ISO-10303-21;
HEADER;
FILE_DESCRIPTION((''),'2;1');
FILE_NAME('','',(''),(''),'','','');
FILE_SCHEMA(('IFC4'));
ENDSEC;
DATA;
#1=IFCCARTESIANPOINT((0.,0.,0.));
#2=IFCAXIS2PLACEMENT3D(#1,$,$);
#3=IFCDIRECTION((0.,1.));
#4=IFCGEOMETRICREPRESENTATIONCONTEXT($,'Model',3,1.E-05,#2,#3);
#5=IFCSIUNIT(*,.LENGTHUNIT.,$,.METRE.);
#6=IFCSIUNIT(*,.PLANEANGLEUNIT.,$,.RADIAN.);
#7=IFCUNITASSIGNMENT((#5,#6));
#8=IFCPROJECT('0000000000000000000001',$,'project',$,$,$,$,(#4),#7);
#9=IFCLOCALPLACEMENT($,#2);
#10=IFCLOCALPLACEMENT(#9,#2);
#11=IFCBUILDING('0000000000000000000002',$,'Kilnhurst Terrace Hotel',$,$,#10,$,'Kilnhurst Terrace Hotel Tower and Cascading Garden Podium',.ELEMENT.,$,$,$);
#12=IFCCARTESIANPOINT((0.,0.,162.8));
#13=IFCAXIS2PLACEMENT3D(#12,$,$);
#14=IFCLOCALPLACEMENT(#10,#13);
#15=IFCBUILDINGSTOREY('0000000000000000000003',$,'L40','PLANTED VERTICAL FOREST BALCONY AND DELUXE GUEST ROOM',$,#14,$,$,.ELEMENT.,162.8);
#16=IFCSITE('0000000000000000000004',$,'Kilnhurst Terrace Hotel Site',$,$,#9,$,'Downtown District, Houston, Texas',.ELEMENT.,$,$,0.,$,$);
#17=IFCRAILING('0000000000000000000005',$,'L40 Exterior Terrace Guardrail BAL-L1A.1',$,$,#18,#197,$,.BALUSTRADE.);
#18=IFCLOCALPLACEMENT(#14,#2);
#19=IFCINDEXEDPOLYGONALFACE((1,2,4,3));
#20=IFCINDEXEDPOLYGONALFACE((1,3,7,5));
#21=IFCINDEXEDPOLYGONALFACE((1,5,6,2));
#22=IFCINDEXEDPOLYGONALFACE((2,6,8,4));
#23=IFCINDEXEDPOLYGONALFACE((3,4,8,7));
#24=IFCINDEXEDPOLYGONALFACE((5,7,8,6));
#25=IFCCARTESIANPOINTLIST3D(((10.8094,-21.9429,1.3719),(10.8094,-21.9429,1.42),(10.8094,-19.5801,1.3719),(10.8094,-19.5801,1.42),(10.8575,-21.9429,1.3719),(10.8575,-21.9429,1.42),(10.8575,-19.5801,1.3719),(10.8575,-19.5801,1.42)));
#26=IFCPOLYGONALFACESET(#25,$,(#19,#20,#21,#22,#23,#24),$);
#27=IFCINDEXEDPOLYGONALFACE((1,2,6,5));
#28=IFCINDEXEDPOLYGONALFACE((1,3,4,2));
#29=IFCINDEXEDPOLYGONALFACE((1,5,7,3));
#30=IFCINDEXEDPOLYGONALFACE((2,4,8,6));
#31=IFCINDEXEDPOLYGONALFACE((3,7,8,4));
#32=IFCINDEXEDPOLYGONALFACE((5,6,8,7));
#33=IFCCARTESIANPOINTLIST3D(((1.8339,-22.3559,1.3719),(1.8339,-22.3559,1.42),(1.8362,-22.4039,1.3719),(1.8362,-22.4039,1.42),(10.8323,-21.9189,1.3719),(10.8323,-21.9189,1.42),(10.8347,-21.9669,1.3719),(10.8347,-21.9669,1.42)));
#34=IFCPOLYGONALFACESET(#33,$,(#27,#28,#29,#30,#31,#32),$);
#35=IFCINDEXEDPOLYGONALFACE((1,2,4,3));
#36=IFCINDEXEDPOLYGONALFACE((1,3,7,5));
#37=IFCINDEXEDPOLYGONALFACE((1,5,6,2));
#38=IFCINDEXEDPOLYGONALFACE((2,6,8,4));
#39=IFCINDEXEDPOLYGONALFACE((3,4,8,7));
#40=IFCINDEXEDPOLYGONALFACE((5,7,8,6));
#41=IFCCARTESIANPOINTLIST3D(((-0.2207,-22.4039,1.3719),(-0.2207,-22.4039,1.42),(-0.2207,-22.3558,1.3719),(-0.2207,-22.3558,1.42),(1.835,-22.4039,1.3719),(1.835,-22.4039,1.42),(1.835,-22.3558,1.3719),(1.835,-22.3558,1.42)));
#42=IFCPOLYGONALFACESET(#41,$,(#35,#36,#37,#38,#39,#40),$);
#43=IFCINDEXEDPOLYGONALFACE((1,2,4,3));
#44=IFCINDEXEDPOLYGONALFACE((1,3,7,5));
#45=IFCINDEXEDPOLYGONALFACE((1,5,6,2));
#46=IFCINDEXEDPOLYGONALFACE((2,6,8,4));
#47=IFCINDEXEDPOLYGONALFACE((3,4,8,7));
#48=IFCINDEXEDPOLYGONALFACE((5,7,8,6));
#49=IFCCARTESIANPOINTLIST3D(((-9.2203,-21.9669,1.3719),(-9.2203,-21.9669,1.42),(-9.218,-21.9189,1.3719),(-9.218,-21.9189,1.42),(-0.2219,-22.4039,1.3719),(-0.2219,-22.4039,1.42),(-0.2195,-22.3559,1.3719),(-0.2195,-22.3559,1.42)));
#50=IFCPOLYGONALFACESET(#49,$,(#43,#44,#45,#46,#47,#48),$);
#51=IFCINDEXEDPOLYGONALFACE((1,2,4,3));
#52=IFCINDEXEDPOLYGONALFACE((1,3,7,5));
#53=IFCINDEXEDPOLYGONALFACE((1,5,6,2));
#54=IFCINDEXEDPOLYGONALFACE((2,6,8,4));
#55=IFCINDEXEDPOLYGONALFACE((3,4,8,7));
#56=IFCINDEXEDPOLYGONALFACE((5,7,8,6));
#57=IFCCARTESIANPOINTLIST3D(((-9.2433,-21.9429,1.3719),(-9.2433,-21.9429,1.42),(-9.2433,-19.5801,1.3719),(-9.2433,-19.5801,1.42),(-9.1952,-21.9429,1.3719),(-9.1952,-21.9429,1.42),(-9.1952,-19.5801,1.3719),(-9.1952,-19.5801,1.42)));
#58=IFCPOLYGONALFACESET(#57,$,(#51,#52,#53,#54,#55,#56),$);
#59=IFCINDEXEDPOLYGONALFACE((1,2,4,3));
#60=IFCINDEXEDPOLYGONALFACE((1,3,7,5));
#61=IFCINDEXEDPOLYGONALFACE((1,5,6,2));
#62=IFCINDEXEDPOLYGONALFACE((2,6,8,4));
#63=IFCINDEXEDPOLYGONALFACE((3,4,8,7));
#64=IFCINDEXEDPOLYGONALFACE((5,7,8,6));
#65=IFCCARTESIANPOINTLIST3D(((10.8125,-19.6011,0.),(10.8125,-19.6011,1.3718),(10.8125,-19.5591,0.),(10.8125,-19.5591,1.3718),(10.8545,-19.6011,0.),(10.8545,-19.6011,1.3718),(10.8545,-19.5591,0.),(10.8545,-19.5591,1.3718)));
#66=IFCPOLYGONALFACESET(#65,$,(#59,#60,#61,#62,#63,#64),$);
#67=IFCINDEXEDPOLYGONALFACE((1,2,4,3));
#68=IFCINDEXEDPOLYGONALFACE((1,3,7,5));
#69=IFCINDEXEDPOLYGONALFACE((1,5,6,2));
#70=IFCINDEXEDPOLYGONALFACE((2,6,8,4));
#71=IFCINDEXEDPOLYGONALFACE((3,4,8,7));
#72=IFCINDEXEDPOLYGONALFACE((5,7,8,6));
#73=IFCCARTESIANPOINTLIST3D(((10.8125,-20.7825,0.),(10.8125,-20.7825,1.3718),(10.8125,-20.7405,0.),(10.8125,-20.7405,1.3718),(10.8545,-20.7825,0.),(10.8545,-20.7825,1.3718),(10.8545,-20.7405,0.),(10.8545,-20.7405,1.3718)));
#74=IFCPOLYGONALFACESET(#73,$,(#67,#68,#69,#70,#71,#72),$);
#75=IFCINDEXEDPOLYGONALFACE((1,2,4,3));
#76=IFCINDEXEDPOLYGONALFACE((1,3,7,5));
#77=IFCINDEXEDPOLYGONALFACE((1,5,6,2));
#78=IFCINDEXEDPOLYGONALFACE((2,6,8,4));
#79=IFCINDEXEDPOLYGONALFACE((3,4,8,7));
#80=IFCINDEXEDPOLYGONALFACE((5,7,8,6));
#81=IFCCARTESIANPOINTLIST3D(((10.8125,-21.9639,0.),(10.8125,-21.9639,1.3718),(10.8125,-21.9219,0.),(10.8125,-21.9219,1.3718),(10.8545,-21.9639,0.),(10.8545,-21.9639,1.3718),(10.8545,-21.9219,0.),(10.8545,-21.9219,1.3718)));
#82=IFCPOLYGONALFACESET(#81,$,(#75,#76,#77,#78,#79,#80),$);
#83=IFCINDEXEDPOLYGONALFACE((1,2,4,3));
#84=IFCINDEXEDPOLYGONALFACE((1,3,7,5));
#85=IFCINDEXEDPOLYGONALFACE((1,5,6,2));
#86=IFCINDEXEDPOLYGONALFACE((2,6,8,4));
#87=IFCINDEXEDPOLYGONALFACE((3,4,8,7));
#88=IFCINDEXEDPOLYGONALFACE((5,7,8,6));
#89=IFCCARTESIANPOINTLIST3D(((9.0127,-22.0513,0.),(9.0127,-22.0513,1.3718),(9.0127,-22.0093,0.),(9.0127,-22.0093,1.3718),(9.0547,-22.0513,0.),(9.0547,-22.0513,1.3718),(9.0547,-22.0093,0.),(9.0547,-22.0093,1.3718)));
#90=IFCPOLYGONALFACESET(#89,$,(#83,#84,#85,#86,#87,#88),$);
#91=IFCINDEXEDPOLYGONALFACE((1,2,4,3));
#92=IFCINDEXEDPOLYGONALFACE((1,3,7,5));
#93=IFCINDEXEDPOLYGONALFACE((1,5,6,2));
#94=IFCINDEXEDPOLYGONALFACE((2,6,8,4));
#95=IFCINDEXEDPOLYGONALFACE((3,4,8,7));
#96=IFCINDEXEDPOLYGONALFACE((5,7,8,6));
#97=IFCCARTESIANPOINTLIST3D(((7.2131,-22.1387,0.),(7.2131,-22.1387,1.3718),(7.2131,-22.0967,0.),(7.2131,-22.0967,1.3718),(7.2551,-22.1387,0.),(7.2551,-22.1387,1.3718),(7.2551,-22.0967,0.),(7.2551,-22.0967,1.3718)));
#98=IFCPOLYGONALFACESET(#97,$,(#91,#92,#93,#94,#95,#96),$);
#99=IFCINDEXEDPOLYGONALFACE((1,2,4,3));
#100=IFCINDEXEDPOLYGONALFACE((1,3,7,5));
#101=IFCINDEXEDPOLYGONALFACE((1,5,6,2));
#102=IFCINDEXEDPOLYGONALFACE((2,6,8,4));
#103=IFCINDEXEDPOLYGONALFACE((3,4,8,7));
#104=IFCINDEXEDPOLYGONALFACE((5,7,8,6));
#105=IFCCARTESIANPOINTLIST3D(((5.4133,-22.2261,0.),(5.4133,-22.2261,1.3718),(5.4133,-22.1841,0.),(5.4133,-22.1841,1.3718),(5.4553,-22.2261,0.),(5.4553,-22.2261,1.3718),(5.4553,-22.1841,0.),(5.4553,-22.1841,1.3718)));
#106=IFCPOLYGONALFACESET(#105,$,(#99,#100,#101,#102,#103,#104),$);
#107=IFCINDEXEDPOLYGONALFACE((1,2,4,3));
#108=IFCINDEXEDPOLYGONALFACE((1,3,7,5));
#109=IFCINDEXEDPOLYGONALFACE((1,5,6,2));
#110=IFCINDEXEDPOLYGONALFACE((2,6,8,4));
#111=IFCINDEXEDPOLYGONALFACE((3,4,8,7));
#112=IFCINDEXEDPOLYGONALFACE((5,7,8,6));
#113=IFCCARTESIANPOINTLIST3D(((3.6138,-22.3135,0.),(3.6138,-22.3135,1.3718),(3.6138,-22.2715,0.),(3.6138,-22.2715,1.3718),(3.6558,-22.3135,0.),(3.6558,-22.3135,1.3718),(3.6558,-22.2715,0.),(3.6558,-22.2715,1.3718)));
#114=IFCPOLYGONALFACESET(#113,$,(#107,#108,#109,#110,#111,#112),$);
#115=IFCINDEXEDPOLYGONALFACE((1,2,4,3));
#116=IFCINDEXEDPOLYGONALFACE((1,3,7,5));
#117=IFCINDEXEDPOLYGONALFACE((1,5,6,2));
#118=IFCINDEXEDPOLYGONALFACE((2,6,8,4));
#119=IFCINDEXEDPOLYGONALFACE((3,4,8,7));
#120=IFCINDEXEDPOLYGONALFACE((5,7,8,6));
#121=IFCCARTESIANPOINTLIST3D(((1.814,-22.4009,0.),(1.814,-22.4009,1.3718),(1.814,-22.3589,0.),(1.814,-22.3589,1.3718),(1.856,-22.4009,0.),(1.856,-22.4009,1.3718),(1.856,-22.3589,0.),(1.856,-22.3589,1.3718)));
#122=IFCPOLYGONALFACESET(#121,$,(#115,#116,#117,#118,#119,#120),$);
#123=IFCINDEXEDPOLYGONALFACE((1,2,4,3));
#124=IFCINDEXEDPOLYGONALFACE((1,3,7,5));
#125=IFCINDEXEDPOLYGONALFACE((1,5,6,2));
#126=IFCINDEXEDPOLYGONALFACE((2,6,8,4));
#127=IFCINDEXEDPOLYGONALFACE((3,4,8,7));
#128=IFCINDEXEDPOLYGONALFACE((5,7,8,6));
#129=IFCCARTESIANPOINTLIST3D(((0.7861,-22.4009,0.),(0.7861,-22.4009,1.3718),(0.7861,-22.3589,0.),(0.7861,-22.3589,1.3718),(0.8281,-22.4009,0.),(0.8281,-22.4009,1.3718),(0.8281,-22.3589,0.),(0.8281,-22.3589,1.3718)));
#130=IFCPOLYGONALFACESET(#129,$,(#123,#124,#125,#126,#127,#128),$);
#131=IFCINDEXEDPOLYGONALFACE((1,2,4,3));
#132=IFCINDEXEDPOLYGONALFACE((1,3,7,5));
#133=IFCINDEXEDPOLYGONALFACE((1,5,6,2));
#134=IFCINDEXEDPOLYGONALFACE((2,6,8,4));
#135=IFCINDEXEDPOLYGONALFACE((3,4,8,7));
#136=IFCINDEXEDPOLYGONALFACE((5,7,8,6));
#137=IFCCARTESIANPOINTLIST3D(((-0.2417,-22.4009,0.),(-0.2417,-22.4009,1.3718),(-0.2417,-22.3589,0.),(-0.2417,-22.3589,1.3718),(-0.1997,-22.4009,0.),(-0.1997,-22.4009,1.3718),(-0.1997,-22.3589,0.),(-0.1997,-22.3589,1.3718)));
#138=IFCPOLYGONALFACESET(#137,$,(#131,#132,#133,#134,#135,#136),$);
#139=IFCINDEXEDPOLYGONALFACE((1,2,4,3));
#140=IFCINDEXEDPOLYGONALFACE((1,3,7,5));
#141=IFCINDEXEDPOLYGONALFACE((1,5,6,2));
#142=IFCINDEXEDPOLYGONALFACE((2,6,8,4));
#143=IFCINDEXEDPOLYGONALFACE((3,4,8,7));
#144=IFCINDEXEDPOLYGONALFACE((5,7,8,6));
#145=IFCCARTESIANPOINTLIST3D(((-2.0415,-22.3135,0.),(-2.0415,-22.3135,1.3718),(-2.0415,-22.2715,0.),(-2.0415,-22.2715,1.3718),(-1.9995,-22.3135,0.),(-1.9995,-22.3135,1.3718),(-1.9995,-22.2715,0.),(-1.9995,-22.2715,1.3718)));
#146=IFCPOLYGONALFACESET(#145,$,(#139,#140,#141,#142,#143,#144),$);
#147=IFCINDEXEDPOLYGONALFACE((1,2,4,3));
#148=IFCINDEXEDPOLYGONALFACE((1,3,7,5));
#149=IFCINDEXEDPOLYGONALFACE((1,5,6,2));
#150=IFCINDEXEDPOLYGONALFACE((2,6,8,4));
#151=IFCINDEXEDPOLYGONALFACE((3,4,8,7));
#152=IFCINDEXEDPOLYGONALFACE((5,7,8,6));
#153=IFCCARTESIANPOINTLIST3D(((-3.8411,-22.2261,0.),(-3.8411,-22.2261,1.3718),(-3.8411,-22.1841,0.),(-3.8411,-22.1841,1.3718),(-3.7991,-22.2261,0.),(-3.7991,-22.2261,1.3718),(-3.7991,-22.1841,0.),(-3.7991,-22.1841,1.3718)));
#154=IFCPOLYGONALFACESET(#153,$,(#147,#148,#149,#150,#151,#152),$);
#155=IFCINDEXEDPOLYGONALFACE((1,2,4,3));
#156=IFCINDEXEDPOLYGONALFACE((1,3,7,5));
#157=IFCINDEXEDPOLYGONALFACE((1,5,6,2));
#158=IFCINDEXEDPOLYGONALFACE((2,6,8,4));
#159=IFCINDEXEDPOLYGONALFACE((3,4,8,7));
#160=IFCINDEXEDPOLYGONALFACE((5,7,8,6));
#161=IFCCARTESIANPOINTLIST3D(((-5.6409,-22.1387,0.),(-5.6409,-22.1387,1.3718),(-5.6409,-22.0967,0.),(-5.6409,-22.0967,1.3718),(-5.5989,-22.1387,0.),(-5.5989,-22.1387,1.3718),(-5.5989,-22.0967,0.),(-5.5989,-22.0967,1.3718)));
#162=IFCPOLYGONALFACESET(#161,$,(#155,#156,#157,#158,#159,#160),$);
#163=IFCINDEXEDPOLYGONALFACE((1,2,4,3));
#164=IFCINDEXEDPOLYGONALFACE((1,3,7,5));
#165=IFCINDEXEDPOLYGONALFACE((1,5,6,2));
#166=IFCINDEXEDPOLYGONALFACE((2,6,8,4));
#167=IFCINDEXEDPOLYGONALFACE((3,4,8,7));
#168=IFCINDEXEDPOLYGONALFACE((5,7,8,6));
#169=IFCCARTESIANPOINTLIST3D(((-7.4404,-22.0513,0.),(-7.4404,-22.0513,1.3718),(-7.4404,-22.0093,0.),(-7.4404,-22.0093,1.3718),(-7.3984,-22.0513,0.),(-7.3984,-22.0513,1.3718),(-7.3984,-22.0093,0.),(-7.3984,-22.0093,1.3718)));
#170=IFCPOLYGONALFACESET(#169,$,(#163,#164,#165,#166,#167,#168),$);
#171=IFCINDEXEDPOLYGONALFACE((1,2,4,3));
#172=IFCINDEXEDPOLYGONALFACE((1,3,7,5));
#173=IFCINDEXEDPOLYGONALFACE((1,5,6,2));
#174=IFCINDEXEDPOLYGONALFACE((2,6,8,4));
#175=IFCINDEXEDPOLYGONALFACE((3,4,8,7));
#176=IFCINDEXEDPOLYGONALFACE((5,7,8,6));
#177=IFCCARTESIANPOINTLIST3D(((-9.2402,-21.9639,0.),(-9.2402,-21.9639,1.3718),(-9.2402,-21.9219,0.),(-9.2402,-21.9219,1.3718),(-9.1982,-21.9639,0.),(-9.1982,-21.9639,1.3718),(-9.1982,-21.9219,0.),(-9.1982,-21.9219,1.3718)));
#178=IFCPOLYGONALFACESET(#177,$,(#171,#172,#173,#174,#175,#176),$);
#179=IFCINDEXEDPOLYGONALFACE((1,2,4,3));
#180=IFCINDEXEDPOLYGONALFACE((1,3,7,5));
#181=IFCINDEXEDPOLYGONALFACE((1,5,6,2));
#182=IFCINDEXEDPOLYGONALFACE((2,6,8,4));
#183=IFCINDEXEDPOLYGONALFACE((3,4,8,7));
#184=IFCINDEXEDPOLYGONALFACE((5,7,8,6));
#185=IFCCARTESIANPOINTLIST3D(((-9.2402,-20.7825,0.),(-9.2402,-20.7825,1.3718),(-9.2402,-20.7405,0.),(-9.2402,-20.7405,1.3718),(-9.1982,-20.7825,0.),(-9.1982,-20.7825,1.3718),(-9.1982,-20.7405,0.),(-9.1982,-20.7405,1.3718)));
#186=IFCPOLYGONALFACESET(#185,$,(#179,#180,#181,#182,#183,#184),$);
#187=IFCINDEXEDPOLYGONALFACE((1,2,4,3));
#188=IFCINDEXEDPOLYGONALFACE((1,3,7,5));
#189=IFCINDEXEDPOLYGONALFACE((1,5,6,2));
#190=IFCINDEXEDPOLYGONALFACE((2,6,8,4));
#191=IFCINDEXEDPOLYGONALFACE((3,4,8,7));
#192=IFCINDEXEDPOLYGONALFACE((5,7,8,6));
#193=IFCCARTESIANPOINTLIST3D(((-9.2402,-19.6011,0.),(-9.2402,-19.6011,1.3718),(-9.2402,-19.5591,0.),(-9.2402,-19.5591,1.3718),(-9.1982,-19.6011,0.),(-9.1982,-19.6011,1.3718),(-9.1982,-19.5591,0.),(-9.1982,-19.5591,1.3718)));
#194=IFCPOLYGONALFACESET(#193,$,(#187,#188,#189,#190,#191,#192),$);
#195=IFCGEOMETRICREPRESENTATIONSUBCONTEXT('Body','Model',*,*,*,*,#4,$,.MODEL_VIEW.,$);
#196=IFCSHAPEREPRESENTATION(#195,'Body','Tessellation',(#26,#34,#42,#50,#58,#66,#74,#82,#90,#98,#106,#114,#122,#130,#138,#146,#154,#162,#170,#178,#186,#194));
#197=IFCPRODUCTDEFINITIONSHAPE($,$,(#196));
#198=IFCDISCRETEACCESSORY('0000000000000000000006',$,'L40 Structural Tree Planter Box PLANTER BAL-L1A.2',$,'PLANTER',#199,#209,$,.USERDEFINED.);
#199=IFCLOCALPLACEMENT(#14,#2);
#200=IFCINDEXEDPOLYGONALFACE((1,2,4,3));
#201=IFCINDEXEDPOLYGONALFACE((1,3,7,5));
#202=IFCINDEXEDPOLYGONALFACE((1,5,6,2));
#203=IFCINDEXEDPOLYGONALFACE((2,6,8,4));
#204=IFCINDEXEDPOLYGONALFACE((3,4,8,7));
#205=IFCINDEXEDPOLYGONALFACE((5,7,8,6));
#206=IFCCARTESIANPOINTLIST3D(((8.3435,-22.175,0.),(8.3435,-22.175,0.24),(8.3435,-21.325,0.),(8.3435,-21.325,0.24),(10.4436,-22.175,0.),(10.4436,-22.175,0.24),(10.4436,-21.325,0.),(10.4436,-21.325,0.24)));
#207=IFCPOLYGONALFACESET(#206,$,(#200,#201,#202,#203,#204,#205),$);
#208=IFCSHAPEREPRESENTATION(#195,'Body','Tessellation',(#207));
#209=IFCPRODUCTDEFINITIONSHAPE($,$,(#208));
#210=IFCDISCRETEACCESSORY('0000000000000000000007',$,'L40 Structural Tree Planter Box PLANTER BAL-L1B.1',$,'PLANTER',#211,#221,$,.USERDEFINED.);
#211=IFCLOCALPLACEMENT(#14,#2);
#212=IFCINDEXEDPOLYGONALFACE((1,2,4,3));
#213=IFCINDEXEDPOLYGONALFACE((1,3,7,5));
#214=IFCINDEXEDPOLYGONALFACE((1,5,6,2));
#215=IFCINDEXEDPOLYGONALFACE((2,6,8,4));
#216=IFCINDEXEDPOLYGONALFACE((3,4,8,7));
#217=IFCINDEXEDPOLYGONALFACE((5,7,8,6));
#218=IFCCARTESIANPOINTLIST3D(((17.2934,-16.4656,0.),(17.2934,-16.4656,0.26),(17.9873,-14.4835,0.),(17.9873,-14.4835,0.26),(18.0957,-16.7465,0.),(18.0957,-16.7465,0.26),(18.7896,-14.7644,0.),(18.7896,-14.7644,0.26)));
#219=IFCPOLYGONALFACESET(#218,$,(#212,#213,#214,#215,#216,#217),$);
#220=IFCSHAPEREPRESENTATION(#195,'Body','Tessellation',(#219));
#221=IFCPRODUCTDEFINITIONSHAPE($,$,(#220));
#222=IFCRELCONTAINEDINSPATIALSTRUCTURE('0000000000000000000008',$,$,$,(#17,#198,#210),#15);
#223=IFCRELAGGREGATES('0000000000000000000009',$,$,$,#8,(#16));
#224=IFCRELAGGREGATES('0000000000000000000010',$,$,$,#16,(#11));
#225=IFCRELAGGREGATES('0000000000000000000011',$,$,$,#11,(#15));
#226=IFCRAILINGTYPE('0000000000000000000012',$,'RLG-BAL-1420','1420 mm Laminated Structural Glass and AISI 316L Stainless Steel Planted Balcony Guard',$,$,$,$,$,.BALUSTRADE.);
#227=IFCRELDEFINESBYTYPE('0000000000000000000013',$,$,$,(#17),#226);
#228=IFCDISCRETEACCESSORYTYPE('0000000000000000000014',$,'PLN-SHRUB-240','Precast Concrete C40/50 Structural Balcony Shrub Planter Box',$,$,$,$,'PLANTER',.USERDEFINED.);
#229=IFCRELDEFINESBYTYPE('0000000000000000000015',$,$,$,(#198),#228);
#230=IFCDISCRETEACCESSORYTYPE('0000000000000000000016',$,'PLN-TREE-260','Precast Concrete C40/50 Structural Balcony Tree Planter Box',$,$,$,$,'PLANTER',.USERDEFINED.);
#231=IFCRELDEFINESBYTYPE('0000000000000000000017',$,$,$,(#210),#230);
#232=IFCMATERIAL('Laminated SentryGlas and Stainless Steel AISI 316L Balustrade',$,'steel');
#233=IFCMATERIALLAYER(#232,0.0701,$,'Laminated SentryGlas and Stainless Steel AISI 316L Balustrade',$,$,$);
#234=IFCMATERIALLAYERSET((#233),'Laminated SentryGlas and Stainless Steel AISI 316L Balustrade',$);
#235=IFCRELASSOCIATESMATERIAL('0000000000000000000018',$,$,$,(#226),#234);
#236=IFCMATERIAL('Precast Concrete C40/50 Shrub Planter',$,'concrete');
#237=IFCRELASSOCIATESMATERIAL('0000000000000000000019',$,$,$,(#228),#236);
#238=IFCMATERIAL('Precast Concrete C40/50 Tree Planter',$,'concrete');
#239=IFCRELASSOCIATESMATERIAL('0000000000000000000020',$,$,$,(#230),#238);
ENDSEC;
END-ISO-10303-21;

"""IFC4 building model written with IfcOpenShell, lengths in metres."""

from ifc_helpers import new_model, si_unit, direction, frame, origin, origin_2d, place, context, subcontext, project, spatial, rectangle, extrude, material, layer, layer_set, type_object, element, save


model = new_model("IFC4")

# Units and contexts
model_context = context("Model", 3, precision=1e-05, world=origin(), true_north=direction((0.0, 1.0)))
body_context = subcontext(model_context, "Body", "Model", "MODEL_VIEW")
ifc_project = project(units=[si_unit("LENGTHUNIT", "METRE"), si_unit("PLANEANGLEUNIT", "RADIAN")], contexts=[model_context])

# Site, building, storey
site_placement = place(None, origin())
site = spatial("IfcSite", under=ifc_project, at=site_placement, Name="Kilnhurst Terrace Hotel Site", LongName="Downtown District, Houston, Texas", CompositionType="ELEMENT", RefElevation=0.0)
building_placement = place(site_placement, origin())
building = spatial("IfcBuilding", under=site, at=building_placement, Name="Kilnhurst Terrace Hotel", LongName="Kilnhurst Terrace Hotel Tower and Cascading Garden Podium", CompositionType="ELEMENT")
storey_placement = place(building_placement, frame((0.0, 0.0, 162.8)))
storey = spatial("IfcBuildingStorey", under=building, at=storey_placement, Name="L40", Description="PLANTED VERTICAL FOREST BALCONY AND DELUXE GUEST ROOM", CompositionType="ELEMENT", Elevation=162.8)

# Railing
ifc_material_1 = material(Name="Laminated SentryGlas and Stainless Steel AISI 316L Balustrade", Category="steel")
ifc_layer_1 = layer(ifc_material_1, 0.0701, Name="Laminated SentryGlas and Stainless Steel AISI 316L Balustrade")
ifc_layer_set_1 = layer_set([ifc_layer_1], Name="Laminated SentryGlas and Stainless Steel AISI 316L Balustrade")
railing_type = type_object("IfcRailingType", Name="RLG-BAL-1420", Description="1420 mm Laminated Structural Glass and AISI 316L Stainless Steel Planted Balcony Guard", PredefinedType="BALUSTRADE", material=ifc_layer_set_1)
railing_placement = place(storey_placement, frame((10.8335, -19.5801, 0.0)))
element("IfcRailing", 1, at=railing_placement, inside=storey, type_object=railing_type, Name="L40 Exterior Terrace Guardrail BAL-L1A.1", PredefinedType="BALUSTRADE", context=body_context, shape_type="SweptSolid", body=[
    extrude(rectangle(XDim=0.0481, YDim=0.0481, at=origin_2d()), frame((0.0, 0.0, 1.396), z_axis=(0.0, -1.0, 0.0), x_axis=(1.0, 0.0, 0.0)), (0.0, 0.0, 1.0), 2.3628),
    extrude(rectangle(XDim=0.0481, YDim=0.0481, at=origin_2d()), frame((0.0, -2.3628, 1.396), z_axis=(-0.998823, -0.048508, 0.0), x_axis=(0.048508, -0.998823, 0.0)), (0.0, 0.0, 1.0), 9.009),
    extrude(rectangle(XDim=0.0481, YDim=0.0481, at=origin_2d()), frame((-8.9985, -2.7998, 1.396), z_axis=(-1.0, 0.0, 0.0), x_axis=(0.0, -1.0, 0.0)), (0.0, 0.0, 1.0), 2.0557),
    extrude(rectangle(XDim=0.0481, YDim=0.0481, at=origin_2d()), frame((-11.0542, -2.7998, 1.396), z_axis=(-0.998823, 0.048508, 0.0), x_axis=(-0.048508, -0.998823, 0.0)), (0.0, 0.0, 1.0), 9.009),
    extrude(rectangle(XDim=0.0481, YDim=0.0481, at=origin_2d()), frame((-20.0527, -2.3628, 1.396), z_axis=(0.0, 1.0, 0.0), x_axis=(-1.0, 0.0, 0.0)), (0.0, 0.0, 1.0), 2.3628),
    extrude(rectangle(XDim=0.042, YDim=0.042, at=origin_2d()), origin(), (0.0, 0.0, 1.0), 1.3718),
    extrude(rectangle(XDim=0.042, YDim=0.042, at=origin_2d()), frame((0.0, -1.1814, 0.0)), (0.0, 0.0, 1.0), 1.3718),
    extrude(rectangle(XDim=0.042, YDim=0.042, at=origin_2d()), frame((0.0, -2.3628, 0.0)), (0.0, 0.0, 1.0), 1.3718),
    extrude(rectangle(XDim=0.042, YDim=0.042, at=origin_2d()), frame((-1.7998, -2.4502, 0.0)), (0.0, 0.0, 1.0), 1.3718),
    extrude(rectangle(XDim=0.042, YDim=0.042, at=origin_2d()), frame((-3.5994, -2.5376, 0.0)), (0.0, 0.0, 1.0), 1.3718),
    extrude(rectangle(XDim=0.042, YDim=0.042, at=origin_2d()), frame((-5.3992, -2.625, 0.0)), (0.0, 0.0, 1.0), 1.3718),
    extrude(rectangle(XDim=0.042, YDim=0.042, at=origin_2d()), frame((-7.1987, -2.7124, 0.0)), (0.0, 0.0, 1.0), 1.3718),
    extrude(rectangle(XDim=0.042, YDim=0.042, at=origin_2d()), frame((-8.9985, -2.7998, 0.0)), (0.0, 0.0, 1.0), 1.3718),
    extrude(rectangle(XDim=0.042, YDim=0.042, at=origin_2d()), frame((-10.0264, -2.7998, 0.0)), (0.0, 0.0, 1.0), 1.3718),
    extrude(rectangle(XDim=0.042, YDim=0.042, at=origin_2d()), frame((-11.0542, -2.7998, 0.0)), (0.0, 0.0, 1.0), 1.3718),
    extrude(rectangle(XDim=0.042, YDim=0.042, at=origin_2d()), frame((-12.854, -2.7124, 0.0)), (0.0, 0.0, 1.0), 1.3718),
    extrude(rectangle(XDim=0.042, YDim=0.042, at=origin_2d()), frame((-14.6536, -2.625, 0.0)), (0.0, 0.0, 1.0), 1.3718),
    extrude(rectangle(XDim=0.042, YDim=0.042, at=origin_2d()), frame((-16.4534, -2.5376, 0.0)), (0.0, 0.0, 1.0), 1.3718),
    extrude(rectangle(XDim=0.042, YDim=0.042, at=origin_2d()), frame((-18.2529, -2.4502, 0.0)), (0.0, 0.0, 1.0), 1.3718),
    extrude(rectangle(XDim=0.042, YDim=0.042, at=origin_2d()), frame((-20.0527, -2.3628, 0.0)), (0.0, 0.0, 1.0), 1.3718),
    extrude(rectangle(XDim=0.042, YDim=0.042, at=origin_2d()), frame((-20.0527, -1.1814, 0.0)), (0.0, 0.0, 1.0), 1.3718),
    extrude(rectangle(XDim=0.042, YDim=0.042, at=origin_2d()), frame((-20.0527, 0.0, 0.0)), (0.0, 0.0, 1.0), 1.3718),
])

# Discrete accessories
ifc_material_2 = material(Name="Precast Concrete C40/50 Shrub Planter", Category="concrete")
discrete_accessory_type_1 = type_object("IfcDiscreteAccessoryType", Name="PLN-SHRUB-240", Description="Precast Concrete C40/50 Structural Balcony Shrub Planter Box", ElementType="PLANTER", PredefinedType="USERDEFINED", material=ifc_material_2)
discrete_accessory_1_placement = place(storey_placement, frame((9.3936, -21.75, 0.0), z_axis=(0.0, 0.0, 1.0), x_axis=(1.0, 0.0, 0.0)))
element("IfcDiscreteAccessory", 2, at=discrete_accessory_1_placement, inside=storey, type_object=discrete_accessory_type_1, Name="L40 Structural Tree Planter Box PLANTER BAL-L1A.2", ObjectType="PLANTER", PredefinedType="USERDEFINED", context=body_context, shape_type="SweptSolid", body=[
    extrude(rectangle(XDim=2.1001, YDim=0.8501, at=origin_2d()), origin(), (0.0, 0.0, 1.0), 0.24),
])
ifc_material_3 = material(Name="Precast Concrete C40/50 Tree Planter", Category="concrete")
discrete_accessory_type_2 = type_object("IfcDiscreteAccessoryType", Name="PLN-TREE-260", Description="Precast Concrete C40/50 Structural Balcony Tree Planter Box", ElementType="PLANTER", PredefinedType="USERDEFINED", material=ifc_material_3)
discrete_accessory_2_placement = place(storey_placement, frame((18.0415, -15.615, 0.0), z_axis=(0.0, 0.0, 1.0), x_axis=(0.330432, 0.94383, 0.0)))
element("IfcDiscreteAccessory", 3, at=discrete_accessory_2_placement, inside=storey, type_object=discrete_accessory_type_2, Name="L40 Structural Tree Planter Box PLANTER BAL-L1B.1", ObjectType="PLANTER", PredefinedType="USERDEFINED", context=body_context, shape_type="SweptSolid", body=[
    extrude(rectangle(XDim=2.1001, YDim=0.8501, at=origin_2d()), origin(), (0.0, 0.0, 1.0), 0.26),
])

save(model, "model.ifc")
